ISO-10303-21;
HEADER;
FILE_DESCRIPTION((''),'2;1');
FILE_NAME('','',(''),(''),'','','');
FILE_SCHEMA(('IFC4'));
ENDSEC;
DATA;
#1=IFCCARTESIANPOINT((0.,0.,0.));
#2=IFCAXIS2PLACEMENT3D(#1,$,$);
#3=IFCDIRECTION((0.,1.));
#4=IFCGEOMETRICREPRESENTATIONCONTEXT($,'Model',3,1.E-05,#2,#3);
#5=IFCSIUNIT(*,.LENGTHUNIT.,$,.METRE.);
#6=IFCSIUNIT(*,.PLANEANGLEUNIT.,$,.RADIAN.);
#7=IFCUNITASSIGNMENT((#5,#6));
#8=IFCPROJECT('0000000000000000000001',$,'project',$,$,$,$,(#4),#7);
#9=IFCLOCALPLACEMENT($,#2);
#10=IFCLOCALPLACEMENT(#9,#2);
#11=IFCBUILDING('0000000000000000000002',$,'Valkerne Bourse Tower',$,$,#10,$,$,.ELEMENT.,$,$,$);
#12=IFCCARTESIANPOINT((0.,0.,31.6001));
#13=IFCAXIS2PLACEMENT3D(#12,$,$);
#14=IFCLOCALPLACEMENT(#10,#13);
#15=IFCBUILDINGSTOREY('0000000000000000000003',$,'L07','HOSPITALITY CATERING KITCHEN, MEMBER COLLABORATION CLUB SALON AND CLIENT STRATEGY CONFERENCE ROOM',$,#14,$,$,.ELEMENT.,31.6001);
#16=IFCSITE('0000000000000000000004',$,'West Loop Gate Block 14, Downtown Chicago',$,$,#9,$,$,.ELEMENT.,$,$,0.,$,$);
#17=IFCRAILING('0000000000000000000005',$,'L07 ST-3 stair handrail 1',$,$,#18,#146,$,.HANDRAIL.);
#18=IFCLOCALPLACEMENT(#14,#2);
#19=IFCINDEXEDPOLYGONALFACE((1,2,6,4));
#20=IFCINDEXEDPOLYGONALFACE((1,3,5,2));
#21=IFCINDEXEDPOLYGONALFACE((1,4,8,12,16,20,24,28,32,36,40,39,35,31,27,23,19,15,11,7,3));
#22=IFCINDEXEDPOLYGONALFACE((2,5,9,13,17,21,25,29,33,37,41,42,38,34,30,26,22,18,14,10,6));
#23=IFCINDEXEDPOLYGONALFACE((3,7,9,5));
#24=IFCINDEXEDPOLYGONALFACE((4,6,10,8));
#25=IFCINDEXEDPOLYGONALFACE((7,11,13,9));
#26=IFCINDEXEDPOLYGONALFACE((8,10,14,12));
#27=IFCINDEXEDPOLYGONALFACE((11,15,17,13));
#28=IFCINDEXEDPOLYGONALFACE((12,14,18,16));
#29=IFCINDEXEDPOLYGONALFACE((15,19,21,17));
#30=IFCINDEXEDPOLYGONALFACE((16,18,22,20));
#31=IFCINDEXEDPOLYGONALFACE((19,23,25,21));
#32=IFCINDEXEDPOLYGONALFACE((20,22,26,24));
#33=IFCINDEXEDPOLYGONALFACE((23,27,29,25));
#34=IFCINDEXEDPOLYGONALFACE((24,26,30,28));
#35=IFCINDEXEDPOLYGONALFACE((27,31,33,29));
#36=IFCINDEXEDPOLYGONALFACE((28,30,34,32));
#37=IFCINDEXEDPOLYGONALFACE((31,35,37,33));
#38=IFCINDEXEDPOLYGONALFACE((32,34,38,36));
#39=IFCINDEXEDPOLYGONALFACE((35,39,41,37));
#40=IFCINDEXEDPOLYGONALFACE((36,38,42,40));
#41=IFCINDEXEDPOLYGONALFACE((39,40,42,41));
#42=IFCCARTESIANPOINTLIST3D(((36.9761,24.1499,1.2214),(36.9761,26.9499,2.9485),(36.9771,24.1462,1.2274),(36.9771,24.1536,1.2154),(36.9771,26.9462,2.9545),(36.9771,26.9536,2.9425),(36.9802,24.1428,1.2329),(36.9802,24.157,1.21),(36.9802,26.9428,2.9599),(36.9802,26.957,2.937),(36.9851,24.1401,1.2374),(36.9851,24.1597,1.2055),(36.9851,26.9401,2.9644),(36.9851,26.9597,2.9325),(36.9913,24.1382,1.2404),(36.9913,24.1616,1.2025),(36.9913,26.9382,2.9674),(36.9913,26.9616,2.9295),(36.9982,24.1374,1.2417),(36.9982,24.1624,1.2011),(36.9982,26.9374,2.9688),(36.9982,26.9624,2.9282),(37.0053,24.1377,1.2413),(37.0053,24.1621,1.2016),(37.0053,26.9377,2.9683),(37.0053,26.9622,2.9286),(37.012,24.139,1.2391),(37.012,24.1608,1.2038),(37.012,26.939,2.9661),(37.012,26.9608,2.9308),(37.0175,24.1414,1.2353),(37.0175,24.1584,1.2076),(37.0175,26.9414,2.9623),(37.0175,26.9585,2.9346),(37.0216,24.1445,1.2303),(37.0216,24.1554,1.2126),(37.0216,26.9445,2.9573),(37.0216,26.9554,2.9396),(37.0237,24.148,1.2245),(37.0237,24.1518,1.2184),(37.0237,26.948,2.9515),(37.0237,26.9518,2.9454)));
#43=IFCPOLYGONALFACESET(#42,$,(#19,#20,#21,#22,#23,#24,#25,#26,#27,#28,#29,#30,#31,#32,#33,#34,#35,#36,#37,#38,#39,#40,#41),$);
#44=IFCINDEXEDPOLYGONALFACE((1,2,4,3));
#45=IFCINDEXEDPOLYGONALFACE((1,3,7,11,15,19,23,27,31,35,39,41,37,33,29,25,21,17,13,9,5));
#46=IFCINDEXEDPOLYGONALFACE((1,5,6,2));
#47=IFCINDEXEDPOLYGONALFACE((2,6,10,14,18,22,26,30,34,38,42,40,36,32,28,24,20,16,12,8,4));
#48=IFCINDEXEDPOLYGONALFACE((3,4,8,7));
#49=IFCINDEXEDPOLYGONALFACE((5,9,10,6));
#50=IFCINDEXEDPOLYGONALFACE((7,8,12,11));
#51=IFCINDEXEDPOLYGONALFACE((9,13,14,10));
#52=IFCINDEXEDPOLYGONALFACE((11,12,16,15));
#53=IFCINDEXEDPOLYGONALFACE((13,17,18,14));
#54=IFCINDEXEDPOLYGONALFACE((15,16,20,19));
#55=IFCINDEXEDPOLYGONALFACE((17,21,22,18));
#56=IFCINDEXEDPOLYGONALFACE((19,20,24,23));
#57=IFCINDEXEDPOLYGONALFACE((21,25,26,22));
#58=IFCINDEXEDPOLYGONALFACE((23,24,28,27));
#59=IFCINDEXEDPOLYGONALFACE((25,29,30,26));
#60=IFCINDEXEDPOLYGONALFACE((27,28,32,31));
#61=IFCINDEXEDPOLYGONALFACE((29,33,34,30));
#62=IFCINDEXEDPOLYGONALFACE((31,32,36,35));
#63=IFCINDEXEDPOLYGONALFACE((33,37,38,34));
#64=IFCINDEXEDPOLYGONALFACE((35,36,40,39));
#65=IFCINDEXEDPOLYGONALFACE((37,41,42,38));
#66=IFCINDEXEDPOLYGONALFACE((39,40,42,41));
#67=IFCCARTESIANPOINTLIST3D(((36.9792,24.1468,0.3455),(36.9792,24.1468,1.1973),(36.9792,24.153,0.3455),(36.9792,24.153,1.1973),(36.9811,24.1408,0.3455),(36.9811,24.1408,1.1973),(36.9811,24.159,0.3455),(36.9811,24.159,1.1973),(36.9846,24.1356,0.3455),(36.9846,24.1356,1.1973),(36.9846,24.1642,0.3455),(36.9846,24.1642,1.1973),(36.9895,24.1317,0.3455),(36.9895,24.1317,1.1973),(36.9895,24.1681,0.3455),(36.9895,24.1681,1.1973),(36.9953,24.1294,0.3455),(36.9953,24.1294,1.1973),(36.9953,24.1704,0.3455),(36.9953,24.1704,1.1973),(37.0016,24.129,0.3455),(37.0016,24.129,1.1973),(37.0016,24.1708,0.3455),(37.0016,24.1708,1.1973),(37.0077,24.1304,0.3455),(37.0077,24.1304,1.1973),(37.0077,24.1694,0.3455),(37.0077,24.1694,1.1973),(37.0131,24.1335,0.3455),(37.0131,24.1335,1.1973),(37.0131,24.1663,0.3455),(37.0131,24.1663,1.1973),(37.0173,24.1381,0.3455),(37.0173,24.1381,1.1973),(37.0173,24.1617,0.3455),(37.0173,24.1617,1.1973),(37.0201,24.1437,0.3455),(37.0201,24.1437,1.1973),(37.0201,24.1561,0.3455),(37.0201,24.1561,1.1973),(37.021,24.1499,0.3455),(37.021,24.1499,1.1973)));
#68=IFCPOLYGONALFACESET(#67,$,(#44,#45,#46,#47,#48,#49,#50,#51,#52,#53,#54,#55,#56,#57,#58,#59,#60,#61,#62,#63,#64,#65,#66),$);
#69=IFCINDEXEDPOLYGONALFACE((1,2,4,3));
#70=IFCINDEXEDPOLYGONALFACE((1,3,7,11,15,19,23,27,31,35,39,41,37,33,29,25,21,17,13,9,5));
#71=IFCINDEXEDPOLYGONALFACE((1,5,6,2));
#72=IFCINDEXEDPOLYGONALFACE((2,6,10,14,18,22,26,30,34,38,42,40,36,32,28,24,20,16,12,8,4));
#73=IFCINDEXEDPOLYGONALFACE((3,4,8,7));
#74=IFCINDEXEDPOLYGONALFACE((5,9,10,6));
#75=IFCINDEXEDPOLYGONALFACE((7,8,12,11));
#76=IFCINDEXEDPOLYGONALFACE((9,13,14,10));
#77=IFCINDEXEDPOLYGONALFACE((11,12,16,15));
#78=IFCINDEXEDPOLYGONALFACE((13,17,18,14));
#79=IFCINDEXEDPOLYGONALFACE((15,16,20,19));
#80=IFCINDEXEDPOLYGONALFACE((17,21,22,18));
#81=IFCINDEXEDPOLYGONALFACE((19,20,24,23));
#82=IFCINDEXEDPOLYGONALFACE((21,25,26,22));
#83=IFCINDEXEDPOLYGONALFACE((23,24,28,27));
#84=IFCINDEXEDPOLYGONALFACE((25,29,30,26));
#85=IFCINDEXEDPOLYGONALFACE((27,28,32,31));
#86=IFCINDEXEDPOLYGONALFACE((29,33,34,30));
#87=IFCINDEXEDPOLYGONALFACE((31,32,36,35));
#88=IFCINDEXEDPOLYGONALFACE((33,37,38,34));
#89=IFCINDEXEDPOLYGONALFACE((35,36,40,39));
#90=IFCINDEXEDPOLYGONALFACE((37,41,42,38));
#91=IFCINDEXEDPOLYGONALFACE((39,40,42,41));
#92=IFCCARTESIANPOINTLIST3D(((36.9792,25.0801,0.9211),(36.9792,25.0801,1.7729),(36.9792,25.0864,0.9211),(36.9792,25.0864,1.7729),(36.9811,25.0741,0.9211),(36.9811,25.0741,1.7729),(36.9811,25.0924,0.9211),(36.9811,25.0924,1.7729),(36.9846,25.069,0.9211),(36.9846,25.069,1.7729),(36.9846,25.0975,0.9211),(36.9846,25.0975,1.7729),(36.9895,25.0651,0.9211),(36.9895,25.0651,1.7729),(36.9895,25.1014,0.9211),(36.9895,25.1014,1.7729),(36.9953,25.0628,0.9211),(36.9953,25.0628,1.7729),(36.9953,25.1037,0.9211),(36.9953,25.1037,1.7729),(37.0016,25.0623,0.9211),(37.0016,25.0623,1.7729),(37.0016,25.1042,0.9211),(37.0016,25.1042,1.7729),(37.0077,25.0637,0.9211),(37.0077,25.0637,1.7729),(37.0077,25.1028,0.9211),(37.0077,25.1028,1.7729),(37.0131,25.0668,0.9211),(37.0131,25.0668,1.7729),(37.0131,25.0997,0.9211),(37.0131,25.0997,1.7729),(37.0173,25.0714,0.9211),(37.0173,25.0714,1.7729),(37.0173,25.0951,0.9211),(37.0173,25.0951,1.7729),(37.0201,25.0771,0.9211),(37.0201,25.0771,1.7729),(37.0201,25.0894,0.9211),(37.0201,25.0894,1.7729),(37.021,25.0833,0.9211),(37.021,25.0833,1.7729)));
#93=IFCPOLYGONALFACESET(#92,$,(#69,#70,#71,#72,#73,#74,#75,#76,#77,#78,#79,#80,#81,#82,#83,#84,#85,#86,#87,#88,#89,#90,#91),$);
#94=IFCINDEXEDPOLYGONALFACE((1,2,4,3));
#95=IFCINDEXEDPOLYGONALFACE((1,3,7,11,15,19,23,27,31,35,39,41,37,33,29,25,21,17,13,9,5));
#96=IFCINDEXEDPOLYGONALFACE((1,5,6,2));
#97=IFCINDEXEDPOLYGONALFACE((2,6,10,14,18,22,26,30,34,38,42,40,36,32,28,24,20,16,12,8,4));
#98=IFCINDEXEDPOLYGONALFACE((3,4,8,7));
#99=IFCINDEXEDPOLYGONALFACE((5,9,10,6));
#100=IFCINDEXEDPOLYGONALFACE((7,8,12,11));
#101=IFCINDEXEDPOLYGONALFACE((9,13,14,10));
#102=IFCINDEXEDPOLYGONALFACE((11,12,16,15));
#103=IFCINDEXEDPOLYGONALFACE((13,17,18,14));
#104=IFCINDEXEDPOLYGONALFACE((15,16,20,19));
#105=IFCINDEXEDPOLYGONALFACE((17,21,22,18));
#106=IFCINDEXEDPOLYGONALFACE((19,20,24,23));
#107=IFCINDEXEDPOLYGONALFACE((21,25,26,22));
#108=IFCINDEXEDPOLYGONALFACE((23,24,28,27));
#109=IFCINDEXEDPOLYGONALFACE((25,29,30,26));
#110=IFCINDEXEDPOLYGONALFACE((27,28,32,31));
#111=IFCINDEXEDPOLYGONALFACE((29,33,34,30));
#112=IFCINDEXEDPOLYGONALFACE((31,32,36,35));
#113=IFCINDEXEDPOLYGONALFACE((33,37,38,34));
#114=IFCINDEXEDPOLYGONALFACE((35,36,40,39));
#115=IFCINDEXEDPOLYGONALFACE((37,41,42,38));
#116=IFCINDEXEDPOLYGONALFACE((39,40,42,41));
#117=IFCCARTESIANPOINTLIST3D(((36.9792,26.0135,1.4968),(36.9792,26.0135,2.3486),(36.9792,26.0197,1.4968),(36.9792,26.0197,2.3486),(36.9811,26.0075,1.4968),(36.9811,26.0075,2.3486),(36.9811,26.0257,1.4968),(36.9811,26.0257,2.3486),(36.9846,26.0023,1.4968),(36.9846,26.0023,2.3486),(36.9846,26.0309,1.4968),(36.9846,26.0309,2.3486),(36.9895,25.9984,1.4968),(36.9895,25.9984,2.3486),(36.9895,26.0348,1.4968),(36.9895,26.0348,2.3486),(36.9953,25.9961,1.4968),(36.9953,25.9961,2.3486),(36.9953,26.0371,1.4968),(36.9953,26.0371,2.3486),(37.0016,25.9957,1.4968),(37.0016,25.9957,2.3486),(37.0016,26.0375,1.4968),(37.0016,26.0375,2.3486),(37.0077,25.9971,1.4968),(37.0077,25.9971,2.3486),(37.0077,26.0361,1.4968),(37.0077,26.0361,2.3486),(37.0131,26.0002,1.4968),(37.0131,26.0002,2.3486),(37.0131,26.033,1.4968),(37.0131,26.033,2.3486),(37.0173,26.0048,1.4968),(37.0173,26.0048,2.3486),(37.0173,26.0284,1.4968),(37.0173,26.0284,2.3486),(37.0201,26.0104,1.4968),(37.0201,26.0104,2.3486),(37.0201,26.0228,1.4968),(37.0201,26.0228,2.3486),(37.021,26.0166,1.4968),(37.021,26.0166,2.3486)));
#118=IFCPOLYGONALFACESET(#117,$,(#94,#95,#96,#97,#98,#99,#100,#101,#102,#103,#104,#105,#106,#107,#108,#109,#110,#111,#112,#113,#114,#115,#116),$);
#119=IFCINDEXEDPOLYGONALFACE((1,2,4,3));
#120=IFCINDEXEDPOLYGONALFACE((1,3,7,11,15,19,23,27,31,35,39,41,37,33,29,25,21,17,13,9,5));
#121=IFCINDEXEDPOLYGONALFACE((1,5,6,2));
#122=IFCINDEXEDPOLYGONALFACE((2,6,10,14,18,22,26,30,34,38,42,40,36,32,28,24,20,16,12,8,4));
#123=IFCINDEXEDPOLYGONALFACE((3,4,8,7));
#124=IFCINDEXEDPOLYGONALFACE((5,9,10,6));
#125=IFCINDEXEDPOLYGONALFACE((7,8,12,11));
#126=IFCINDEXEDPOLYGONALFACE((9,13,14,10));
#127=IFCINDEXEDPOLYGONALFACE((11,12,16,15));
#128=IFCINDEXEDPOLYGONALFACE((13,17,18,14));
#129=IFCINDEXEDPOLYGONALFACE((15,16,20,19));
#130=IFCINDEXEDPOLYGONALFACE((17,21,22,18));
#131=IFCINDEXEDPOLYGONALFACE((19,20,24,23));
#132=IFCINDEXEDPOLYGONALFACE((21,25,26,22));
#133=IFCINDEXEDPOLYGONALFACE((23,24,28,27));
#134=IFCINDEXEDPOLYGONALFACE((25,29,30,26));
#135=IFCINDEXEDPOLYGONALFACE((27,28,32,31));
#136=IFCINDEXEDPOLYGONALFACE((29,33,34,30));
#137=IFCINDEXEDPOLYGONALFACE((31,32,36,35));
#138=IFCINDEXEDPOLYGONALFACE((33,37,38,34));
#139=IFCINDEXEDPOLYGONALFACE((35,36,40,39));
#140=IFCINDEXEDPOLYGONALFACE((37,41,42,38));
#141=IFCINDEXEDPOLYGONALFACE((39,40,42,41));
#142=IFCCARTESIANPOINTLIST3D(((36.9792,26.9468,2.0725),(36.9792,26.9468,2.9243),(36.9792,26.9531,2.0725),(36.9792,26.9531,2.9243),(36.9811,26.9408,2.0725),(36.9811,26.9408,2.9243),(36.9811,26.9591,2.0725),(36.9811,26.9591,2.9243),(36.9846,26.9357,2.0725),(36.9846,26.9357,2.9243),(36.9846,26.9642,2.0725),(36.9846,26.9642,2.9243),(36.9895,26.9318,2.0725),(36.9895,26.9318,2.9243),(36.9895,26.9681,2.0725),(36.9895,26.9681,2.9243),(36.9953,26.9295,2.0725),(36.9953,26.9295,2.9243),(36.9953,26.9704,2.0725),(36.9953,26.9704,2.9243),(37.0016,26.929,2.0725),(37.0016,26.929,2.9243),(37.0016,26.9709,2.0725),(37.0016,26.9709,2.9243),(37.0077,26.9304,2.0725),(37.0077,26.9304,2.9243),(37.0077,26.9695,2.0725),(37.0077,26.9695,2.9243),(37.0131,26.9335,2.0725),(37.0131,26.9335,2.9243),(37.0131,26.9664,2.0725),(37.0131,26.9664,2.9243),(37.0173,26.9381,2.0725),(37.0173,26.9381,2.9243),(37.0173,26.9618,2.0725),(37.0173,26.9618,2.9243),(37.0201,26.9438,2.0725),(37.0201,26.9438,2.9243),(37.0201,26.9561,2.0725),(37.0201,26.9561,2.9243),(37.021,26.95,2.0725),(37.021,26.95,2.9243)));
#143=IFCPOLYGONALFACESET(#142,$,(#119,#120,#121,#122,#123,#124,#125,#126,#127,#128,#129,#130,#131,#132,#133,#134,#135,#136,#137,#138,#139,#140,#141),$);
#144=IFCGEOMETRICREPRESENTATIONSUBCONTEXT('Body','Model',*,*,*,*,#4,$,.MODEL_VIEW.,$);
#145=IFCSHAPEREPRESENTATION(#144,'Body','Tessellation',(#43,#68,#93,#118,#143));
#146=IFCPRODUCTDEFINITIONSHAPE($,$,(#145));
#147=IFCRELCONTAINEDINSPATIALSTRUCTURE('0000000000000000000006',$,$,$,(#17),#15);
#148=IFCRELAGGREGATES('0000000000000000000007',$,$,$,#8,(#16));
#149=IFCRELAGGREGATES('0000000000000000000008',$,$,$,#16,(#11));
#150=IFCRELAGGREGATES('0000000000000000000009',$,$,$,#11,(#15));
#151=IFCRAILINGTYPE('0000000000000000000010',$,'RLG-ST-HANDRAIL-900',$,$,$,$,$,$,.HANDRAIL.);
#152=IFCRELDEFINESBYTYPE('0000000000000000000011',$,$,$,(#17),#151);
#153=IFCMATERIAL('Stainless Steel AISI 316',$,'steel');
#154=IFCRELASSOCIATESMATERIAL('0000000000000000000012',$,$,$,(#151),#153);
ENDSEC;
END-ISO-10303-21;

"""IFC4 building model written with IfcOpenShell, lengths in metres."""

from ifc_helpers import new_model, si_unit, direction, frame, origin, origin_2d, place, context, subcontext, project, spatial, circle, extrude, material, type_object, element, save


model = new_model("IFC4")

# Units and contexts
model_context = context("Model", 3, precision=1e-05, world=origin(), true_north=direction((0.0, 1.0)))
body_context = subcontext(model_context, "Body", "Model", "MODEL_VIEW")
ifc_project = project(units=[si_unit("LENGTHUNIT", "METRE"), si_unit("PLANEANGLEUNIT", "RADIAN")], contexts=[model_context])

# Site, building, storey
site_placement = place(None, origin())
site = spatial("IfcSite", under=ifc_project, at=site_placement, Name="West Loop Gate Block 14, Downtown Chicago", CompositionType="ELEMENT", RefElevation=0.0)
building_placement = place(site_placement, origin())
building = spatial("IfcBuilding", under=site, at=building_placement, Name="Valkerne Bourse Tower", CompositionType="ELEMENT")
storey_placement = place(building_placement, frame((0.0, 0.0, 31.6001)))
storey = spatial("IfcBuildingStorey", under=building, at=storey_placement, Name="L07", Description="HOSPITALITY CATERING KITCHEN, MEMBER COLLABORATION CLUB SALON AND CLIENT STRATEGY CONFERENCE ROOM", CompositionType="ELEMENT", Elevation=31.6001)

# Railing
ifc_material_1 = material(Name="Stainless Steel AISI 316", Category="steel")
railing_type_1 = type_object("IfcRailingType", Name="RLG-ST-HANDRAIL-900", PredefinedType="HANDRAIL", material=ifc_material_1)
railing_1_placement = place(storey_placement, frame((37.0, 24.1499, 0.3455)))
element("IfcRailing", 1, at=railing_1_placement, inside=storey, type_object=railing_type_1, Name="L07 ST-3 stair handrail 1", PredefinedType="HANDRAIL", context=body_context, shape_type="SweptSolid", body=[
    extrude(circle(Radius=0.0239, at=origin_2d()), frame((0.0, 0.0, 0.876), z_axis=(0.0, 0.851123, 0.524967), x_axis=(-1.0, 0.0, 0.0)), (0.0, 0.0, 1.0), 3.2898),
    extrude(circle(Radius=0.021, at=origin_2d()), origin(), (0.0, 0.0, 1.0), 0.8518),
    extrude(circle(Radius=0.021, at=origin_2d()), frame((0.0, 0.9333, 0.5757)), (0.0, 0.0, 1.0), 0.8518),
    extrude(circle(Radius=0.021, at=origin_2d()), frame((0.0, 1.8667, 1.1514)), (0.0, 0.0, 1.0), 0.8518),
    extrude(circle(Radius=0.021, at=origin_2d()), frame((0.0, 2.8, 1.7271)), (0.0, 0.0, 1.0), 0.8518),
])

save(model, "model.ifc")
